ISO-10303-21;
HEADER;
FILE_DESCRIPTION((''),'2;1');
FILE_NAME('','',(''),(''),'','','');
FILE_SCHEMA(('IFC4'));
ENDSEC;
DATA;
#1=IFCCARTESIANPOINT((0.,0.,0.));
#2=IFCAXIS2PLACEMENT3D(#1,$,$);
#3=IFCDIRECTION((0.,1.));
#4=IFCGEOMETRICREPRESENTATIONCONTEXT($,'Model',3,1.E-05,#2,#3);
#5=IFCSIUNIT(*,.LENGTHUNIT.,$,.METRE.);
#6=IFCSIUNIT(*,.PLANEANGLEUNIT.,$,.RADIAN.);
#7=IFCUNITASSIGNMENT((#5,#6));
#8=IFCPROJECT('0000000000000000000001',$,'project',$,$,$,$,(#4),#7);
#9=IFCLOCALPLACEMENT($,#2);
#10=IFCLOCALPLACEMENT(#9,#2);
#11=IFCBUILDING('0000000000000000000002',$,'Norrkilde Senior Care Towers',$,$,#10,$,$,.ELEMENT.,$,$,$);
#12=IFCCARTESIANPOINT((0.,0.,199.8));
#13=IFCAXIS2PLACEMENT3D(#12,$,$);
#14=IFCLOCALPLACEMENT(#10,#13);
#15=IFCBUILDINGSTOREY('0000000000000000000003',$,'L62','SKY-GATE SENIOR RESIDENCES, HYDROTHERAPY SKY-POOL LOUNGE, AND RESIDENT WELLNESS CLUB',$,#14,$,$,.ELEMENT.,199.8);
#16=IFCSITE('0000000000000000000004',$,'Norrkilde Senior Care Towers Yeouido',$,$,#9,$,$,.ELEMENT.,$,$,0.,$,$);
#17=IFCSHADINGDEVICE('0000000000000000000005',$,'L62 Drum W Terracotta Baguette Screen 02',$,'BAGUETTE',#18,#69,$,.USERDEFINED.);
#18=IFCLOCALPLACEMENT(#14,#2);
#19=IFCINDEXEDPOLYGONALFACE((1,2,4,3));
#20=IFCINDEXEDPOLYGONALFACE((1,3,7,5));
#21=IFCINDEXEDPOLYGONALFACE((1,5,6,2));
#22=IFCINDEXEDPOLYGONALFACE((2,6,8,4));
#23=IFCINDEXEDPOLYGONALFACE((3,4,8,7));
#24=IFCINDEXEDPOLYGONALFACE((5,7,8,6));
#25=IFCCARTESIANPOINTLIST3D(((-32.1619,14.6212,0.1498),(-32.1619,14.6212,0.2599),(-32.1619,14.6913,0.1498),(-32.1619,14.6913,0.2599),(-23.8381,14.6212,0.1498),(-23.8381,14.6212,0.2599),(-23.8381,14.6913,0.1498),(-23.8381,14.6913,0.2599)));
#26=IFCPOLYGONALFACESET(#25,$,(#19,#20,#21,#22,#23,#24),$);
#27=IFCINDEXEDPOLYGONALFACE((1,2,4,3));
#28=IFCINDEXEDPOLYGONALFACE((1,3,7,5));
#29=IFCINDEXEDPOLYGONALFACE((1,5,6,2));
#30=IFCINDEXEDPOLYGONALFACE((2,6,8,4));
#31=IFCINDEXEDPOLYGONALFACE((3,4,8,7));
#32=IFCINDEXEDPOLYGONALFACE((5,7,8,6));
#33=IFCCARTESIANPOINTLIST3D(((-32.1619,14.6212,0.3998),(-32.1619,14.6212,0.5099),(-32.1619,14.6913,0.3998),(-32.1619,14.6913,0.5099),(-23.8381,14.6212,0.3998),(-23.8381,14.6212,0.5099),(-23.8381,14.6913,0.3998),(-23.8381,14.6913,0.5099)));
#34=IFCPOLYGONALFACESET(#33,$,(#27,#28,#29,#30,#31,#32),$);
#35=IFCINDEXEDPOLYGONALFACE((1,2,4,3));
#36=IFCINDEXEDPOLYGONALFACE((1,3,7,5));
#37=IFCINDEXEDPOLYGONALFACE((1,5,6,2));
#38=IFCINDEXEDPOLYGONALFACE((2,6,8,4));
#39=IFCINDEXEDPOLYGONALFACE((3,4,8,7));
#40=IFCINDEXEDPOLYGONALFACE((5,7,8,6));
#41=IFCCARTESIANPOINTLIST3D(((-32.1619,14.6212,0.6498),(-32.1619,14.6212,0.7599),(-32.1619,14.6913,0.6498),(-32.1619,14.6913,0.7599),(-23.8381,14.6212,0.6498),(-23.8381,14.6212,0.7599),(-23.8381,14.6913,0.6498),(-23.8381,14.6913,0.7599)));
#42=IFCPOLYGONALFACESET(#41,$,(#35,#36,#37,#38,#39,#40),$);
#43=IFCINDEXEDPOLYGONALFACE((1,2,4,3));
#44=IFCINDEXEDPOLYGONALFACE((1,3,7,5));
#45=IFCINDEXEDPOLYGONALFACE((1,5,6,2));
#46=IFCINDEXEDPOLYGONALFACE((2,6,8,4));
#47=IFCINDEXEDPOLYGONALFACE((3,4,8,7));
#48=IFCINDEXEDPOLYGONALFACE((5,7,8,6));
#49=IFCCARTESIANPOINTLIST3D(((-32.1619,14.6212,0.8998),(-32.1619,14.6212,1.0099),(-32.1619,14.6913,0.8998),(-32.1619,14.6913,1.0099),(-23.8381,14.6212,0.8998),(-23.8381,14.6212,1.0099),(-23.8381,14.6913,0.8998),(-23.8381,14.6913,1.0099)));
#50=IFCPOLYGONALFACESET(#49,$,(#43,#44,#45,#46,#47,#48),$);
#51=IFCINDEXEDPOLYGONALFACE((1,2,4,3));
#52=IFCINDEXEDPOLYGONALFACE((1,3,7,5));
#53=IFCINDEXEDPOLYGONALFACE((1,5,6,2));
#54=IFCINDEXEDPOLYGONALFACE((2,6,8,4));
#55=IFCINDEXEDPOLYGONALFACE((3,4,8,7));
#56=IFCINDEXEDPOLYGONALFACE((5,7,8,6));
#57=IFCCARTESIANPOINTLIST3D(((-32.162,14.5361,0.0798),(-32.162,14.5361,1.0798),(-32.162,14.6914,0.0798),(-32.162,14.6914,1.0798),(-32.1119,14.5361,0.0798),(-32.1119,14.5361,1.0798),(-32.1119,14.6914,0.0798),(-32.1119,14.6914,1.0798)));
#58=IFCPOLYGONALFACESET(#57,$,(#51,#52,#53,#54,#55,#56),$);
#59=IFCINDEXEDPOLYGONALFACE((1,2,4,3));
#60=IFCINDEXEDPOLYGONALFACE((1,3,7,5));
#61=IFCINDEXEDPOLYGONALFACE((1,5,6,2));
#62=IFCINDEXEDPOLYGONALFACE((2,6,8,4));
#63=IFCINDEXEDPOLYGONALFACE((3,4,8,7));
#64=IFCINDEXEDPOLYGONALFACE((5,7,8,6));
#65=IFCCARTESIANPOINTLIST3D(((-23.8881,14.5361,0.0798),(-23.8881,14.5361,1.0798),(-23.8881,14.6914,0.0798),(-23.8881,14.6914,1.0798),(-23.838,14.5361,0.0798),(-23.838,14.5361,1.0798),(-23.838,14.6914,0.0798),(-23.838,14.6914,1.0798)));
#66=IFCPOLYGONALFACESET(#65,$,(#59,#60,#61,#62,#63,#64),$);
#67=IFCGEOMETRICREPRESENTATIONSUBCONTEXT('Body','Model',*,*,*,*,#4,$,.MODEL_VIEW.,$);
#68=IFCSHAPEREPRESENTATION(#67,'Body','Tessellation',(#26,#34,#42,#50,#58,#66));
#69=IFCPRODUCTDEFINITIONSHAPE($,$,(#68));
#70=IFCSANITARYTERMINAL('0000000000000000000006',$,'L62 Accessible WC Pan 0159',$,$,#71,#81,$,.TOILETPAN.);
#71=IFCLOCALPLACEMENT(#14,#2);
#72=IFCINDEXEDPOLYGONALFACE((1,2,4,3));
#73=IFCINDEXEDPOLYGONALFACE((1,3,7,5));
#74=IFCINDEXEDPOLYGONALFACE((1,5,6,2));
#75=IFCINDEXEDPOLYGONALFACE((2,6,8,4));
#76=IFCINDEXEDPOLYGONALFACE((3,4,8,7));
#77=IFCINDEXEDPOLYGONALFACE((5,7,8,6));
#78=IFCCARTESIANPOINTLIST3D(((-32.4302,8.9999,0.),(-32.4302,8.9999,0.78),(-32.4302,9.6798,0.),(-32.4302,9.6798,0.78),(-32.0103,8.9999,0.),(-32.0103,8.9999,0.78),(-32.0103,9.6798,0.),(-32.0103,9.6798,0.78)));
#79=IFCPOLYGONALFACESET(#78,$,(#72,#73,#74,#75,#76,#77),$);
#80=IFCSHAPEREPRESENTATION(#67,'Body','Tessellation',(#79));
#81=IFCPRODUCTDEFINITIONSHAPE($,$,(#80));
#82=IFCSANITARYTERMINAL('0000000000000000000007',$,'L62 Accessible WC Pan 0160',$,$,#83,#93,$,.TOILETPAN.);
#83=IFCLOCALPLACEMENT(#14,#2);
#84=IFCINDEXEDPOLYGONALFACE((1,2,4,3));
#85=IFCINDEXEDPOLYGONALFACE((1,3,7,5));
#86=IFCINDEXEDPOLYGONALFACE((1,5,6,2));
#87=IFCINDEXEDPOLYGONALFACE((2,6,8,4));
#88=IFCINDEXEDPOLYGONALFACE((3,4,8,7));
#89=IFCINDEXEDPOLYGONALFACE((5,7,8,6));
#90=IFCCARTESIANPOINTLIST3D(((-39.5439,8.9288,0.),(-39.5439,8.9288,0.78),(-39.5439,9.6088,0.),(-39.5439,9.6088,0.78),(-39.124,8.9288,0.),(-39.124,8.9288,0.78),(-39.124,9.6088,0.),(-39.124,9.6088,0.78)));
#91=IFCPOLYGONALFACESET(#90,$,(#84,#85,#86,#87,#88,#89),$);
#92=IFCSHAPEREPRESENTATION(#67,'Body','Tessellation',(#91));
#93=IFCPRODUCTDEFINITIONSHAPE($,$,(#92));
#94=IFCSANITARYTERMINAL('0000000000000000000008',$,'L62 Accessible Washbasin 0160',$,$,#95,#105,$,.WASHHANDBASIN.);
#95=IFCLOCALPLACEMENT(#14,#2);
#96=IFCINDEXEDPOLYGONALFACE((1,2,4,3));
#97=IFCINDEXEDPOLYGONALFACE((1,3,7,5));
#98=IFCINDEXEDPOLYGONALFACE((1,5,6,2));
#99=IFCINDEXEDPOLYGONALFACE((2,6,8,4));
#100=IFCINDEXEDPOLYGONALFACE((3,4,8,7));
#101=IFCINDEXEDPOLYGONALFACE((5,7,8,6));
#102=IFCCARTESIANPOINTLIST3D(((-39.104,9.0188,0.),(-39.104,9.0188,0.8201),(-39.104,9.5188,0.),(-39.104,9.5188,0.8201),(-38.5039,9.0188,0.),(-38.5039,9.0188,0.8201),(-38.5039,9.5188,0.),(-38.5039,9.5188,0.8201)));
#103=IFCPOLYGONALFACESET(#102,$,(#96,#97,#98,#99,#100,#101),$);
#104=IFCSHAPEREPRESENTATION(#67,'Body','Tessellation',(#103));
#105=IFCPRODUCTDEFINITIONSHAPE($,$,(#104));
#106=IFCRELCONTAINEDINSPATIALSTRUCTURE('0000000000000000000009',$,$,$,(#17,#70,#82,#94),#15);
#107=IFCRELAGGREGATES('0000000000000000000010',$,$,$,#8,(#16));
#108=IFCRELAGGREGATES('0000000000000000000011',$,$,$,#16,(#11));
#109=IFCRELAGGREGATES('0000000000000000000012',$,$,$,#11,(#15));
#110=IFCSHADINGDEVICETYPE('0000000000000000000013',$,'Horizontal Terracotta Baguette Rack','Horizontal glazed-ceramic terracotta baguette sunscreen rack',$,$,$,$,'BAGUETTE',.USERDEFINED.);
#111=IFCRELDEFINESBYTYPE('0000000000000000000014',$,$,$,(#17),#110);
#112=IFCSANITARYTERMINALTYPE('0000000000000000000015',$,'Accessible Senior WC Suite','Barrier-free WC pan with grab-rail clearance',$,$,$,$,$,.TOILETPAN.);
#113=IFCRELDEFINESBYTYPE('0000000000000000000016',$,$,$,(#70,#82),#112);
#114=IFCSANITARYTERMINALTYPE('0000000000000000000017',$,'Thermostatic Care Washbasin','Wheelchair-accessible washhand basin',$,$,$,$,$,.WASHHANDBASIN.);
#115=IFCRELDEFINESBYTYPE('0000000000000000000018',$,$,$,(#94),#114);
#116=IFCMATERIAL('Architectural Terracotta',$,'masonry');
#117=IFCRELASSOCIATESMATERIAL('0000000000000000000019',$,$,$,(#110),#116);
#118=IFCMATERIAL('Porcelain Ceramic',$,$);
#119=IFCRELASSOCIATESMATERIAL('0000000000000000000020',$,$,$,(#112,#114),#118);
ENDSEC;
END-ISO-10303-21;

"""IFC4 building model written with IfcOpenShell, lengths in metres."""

from ifc_helpers import new_model, si_unit, direction, frame, origin, origin_2d, place, context, subcontext, project, spatial, rectangle, extrude, source, transform, mapped, material, type_object, type_shapes, element, save


model = new_model("IFC4")

# Units and contexts
model_context = context("Model", 3, precision=1e-05, world=origin(), true_north=direction((0.0, 1.0)))
body_context = subcontext(model_context, "Body", "Model", "MODEL_VIEW")
ifc_project = project(units=[si_unit("LENGTHUNIT", "METRE"), si_unit("PLANEANGLEUNIT", "RADIAN")], contexts=[model_context])

# Site, building, storey
site_placement = place(None, origin())
site = spatial("IfcSite", under=ifc_project, at=site_placement, Name="Norrkilde Senior Care Towers Yeouido", CompositionType="ELEMENT", RefElevation=0.0)
building_placement = place(site_placement, origin())
building = spatial("IfcBuilding", under=site, at=building_placement, Name="Norrkilde Senior Care Towers", CompositionType="ELEMENT")
storey_placement = place(building_placement, frame((0.0, 0.0, 199.8)))
storey = spatial("IfcBuildingStorey", under=building, at=storey_placement, Name="L62", Description="SKY-GATE SENIOR RESIDENCES, HYDROTHERAPY SKY-POOL LOUNGE, AND RESIDENT WELLNESS CLUB", CompositionType="ELEMENT", Elevation=199.8)

# Shading device
ifc_material_1 = material(Name="Architectural Terracotta", Category="masonry")
shading_device_type = type_object("IfcShadingDeviceType", Name="Horizontal Terracotta Baguette Rack", Description="Horizontal glazed-ceramic terracotta baguette sunscreen rack", ElementType="BAGUETTE", PredefinedType="USERDEFINED", material=ifc_material_1)
shared_shape_1 = source(origin(), body_context, "Body", "SweptSolid", [
    extrude(rectangle(XDim=0.0701, YDim=0.1101, at=origin_2d()), frame((0.0, 0.0901, 0.125), z_axis=(1.0, 0.0, 0.0), x_axis=(0.0, 1.0, 0.0)), (0.0, 0.0, 1.0), 8.3237),
    extrude(rectangle(XDim=0.0701, YDim=0.1101, at=origin_2d()), frame((0.0, 0.0901, 0.375), z_axis=(1.0, 0.0, 0.0), x_axis=(0.0, 1.0, 0.0)), (0.0, 0.0, 1.0), 8.3237),
    extrude(rectangle(XDim=0.0701, YDim=0.1101, at=origin_2d()), frame((0.0, 0.0901, 0.625), z_axis=(1.0, 0.0, 0.0), x_axis=(0.0, 1.0, 0.0)), (0.0, 0.0, 1.0), 8.3237),
    extrude(rectangle(XDim=0.0701, YDim=0.1101, at=origin_2d()), frame((0.0, 0.0901, 0.875), z_axis=(1.0, 0.0, 0.0), x_axis=(0.0, 1.0, 0.0)), (0.0, 0.0, 1.0), 8.3237),
    extrude(rectangle(XDim=0.05, YDim=0.1553, at=origin_2d()), frame((0.0249, 0.0476, 0.0)), (0.0, 0.0, 1.0), 1.0),
    extrude(rectangle(XDim=0.05, YDim=0.1553, at=origin_2d()), frame((8.2988, 0.0476, 0.0)), (0.0, 0.0, 1.0), 1.0),
])
type_shapes(shading_device_type, [shared_shape_1])
shading_device_placement = place(storey_placement, frame((-32.1619, 14.5662, 0.0798), z_axis=(0.0, 0.0, 1.0), x_axis=(1.0, 0.0, 0.0)))
element("IfcShadingDevice", 1, at=shading_device_placement, inside=storey, type_object=shading_device_type, Name="L62 Drum W Terracotta Baguette Screen 02", ObjectType="BAGUETTE", PredefinedType="USERDEFINED", context=body_context, shape_type="MappedRepresentation", body=[
    mapped(shared_shape_1, transform((0.0, 0.0, 0.0), x_axis=(1.0, 0.0, 0.0), y_axis=(0.0, 1.0, 0.0), z_axis=(0.0, 0.0, 1.0), scale=1.0)),
])

# Sanitary terminals
ifc_material_2 = material(Name="Porcelain Ceramic")
sanitary_terminal_type_1 = type_object("IfcSanitaryTerminalType", Name="Accessible Senior WC Suite", Description="Barrier-free WC pan with grab-rail clearance", PredefinedType="TOILETPAN", material=ifc_material_2)
shared_shape_2 = source(origin(), body_context, "Body", "SweptSolid", [
    extrude(rectangle(XDim=0.4199, YDim=0.6799, at=origin_2d()), origin(), (0.0, 0.0, 1.0), 0.78),
])
type_shapes(sanitary_terminal_type_1, [shared_shape_2])
for number, where, z_axis, x_axis, name in (
    (2, (-32.2202, 9.3398, 0.0), (0.0, 0.0, 1.0), (1.0, 0.0, 0.0), "L62 Accessible WC Pan 0159"),
    (3, (-39.334, 9.2688, 0.0), (0.0, 0.0, 1.0), (1.0, 0.0, 0.0), "L62 Accessible WC Pan 0160"),
):
    element("IfcSanitaryTerminal", number, at=place(storey_placement, frame(where, z_axis=z_axis, x_axis=x_axis)), inside=storey, type_object=sanitary_terminal_type_1, Name=name, PredefinedType="TOILETPAN", context=body_context, shape_type="MappedRepresentation", body=[
        mapped(shared_shape_2, transform((0.0, 0.0, 0.0), x_axis=(1.0, 0.0, 0.0), y_axis=(0.0, 1.0, 0.0), z_axis=(0.0, 0.0, 1.0), scale=1.0)),
    ])
sanitary_terminal_type_2 = type_object("IfcSanitaryTerminalType", Name="Thermostatic Care Washbasin", Description="Wheelchair-accessible washhand basin", PredefinedType="WASHHANDBASIN", material=ifc_material_2)
shared_shape_3 = source(origin(), body_context, "Body", "SweptSolid", [
    extrude(rectangle(XDim=0.6001, YDim=0.5, at=origin_2d()), origin(), (0.0, 0.0, 1.0), 0.8201),
])
type_shapes(sanitary_terminal_type_2, [shared_shape_3])
sanitary_terminal_placement = place(storey_placement, frame((-38.804, 9.2688, 0.0), z_axis=(0.0, 0.0, 1.0), x_axis=(1.0, 0.0, 0.0)))
element("IfcSanitaryTerminal", 4, at=sanitary_terminal_placement, inside=storey, type_object=sanitary_terminal_type_2, Name="L62 Accessible Washbasin 0160", PredefinedType="WASHHANDBASIN", context=body_context, shape_type="MappedRepresentation", body=[
    mapped(shared_shape_3, transform((0.0, 0.0, 0.0), x_axis=(1.0, 0.0, 0.0), y_axis=(0.0, 1.0, 0.0), z_axis=(0.0, 0.0, 1.0), scale=1.0)),
])

save(model, "model.ifc")
